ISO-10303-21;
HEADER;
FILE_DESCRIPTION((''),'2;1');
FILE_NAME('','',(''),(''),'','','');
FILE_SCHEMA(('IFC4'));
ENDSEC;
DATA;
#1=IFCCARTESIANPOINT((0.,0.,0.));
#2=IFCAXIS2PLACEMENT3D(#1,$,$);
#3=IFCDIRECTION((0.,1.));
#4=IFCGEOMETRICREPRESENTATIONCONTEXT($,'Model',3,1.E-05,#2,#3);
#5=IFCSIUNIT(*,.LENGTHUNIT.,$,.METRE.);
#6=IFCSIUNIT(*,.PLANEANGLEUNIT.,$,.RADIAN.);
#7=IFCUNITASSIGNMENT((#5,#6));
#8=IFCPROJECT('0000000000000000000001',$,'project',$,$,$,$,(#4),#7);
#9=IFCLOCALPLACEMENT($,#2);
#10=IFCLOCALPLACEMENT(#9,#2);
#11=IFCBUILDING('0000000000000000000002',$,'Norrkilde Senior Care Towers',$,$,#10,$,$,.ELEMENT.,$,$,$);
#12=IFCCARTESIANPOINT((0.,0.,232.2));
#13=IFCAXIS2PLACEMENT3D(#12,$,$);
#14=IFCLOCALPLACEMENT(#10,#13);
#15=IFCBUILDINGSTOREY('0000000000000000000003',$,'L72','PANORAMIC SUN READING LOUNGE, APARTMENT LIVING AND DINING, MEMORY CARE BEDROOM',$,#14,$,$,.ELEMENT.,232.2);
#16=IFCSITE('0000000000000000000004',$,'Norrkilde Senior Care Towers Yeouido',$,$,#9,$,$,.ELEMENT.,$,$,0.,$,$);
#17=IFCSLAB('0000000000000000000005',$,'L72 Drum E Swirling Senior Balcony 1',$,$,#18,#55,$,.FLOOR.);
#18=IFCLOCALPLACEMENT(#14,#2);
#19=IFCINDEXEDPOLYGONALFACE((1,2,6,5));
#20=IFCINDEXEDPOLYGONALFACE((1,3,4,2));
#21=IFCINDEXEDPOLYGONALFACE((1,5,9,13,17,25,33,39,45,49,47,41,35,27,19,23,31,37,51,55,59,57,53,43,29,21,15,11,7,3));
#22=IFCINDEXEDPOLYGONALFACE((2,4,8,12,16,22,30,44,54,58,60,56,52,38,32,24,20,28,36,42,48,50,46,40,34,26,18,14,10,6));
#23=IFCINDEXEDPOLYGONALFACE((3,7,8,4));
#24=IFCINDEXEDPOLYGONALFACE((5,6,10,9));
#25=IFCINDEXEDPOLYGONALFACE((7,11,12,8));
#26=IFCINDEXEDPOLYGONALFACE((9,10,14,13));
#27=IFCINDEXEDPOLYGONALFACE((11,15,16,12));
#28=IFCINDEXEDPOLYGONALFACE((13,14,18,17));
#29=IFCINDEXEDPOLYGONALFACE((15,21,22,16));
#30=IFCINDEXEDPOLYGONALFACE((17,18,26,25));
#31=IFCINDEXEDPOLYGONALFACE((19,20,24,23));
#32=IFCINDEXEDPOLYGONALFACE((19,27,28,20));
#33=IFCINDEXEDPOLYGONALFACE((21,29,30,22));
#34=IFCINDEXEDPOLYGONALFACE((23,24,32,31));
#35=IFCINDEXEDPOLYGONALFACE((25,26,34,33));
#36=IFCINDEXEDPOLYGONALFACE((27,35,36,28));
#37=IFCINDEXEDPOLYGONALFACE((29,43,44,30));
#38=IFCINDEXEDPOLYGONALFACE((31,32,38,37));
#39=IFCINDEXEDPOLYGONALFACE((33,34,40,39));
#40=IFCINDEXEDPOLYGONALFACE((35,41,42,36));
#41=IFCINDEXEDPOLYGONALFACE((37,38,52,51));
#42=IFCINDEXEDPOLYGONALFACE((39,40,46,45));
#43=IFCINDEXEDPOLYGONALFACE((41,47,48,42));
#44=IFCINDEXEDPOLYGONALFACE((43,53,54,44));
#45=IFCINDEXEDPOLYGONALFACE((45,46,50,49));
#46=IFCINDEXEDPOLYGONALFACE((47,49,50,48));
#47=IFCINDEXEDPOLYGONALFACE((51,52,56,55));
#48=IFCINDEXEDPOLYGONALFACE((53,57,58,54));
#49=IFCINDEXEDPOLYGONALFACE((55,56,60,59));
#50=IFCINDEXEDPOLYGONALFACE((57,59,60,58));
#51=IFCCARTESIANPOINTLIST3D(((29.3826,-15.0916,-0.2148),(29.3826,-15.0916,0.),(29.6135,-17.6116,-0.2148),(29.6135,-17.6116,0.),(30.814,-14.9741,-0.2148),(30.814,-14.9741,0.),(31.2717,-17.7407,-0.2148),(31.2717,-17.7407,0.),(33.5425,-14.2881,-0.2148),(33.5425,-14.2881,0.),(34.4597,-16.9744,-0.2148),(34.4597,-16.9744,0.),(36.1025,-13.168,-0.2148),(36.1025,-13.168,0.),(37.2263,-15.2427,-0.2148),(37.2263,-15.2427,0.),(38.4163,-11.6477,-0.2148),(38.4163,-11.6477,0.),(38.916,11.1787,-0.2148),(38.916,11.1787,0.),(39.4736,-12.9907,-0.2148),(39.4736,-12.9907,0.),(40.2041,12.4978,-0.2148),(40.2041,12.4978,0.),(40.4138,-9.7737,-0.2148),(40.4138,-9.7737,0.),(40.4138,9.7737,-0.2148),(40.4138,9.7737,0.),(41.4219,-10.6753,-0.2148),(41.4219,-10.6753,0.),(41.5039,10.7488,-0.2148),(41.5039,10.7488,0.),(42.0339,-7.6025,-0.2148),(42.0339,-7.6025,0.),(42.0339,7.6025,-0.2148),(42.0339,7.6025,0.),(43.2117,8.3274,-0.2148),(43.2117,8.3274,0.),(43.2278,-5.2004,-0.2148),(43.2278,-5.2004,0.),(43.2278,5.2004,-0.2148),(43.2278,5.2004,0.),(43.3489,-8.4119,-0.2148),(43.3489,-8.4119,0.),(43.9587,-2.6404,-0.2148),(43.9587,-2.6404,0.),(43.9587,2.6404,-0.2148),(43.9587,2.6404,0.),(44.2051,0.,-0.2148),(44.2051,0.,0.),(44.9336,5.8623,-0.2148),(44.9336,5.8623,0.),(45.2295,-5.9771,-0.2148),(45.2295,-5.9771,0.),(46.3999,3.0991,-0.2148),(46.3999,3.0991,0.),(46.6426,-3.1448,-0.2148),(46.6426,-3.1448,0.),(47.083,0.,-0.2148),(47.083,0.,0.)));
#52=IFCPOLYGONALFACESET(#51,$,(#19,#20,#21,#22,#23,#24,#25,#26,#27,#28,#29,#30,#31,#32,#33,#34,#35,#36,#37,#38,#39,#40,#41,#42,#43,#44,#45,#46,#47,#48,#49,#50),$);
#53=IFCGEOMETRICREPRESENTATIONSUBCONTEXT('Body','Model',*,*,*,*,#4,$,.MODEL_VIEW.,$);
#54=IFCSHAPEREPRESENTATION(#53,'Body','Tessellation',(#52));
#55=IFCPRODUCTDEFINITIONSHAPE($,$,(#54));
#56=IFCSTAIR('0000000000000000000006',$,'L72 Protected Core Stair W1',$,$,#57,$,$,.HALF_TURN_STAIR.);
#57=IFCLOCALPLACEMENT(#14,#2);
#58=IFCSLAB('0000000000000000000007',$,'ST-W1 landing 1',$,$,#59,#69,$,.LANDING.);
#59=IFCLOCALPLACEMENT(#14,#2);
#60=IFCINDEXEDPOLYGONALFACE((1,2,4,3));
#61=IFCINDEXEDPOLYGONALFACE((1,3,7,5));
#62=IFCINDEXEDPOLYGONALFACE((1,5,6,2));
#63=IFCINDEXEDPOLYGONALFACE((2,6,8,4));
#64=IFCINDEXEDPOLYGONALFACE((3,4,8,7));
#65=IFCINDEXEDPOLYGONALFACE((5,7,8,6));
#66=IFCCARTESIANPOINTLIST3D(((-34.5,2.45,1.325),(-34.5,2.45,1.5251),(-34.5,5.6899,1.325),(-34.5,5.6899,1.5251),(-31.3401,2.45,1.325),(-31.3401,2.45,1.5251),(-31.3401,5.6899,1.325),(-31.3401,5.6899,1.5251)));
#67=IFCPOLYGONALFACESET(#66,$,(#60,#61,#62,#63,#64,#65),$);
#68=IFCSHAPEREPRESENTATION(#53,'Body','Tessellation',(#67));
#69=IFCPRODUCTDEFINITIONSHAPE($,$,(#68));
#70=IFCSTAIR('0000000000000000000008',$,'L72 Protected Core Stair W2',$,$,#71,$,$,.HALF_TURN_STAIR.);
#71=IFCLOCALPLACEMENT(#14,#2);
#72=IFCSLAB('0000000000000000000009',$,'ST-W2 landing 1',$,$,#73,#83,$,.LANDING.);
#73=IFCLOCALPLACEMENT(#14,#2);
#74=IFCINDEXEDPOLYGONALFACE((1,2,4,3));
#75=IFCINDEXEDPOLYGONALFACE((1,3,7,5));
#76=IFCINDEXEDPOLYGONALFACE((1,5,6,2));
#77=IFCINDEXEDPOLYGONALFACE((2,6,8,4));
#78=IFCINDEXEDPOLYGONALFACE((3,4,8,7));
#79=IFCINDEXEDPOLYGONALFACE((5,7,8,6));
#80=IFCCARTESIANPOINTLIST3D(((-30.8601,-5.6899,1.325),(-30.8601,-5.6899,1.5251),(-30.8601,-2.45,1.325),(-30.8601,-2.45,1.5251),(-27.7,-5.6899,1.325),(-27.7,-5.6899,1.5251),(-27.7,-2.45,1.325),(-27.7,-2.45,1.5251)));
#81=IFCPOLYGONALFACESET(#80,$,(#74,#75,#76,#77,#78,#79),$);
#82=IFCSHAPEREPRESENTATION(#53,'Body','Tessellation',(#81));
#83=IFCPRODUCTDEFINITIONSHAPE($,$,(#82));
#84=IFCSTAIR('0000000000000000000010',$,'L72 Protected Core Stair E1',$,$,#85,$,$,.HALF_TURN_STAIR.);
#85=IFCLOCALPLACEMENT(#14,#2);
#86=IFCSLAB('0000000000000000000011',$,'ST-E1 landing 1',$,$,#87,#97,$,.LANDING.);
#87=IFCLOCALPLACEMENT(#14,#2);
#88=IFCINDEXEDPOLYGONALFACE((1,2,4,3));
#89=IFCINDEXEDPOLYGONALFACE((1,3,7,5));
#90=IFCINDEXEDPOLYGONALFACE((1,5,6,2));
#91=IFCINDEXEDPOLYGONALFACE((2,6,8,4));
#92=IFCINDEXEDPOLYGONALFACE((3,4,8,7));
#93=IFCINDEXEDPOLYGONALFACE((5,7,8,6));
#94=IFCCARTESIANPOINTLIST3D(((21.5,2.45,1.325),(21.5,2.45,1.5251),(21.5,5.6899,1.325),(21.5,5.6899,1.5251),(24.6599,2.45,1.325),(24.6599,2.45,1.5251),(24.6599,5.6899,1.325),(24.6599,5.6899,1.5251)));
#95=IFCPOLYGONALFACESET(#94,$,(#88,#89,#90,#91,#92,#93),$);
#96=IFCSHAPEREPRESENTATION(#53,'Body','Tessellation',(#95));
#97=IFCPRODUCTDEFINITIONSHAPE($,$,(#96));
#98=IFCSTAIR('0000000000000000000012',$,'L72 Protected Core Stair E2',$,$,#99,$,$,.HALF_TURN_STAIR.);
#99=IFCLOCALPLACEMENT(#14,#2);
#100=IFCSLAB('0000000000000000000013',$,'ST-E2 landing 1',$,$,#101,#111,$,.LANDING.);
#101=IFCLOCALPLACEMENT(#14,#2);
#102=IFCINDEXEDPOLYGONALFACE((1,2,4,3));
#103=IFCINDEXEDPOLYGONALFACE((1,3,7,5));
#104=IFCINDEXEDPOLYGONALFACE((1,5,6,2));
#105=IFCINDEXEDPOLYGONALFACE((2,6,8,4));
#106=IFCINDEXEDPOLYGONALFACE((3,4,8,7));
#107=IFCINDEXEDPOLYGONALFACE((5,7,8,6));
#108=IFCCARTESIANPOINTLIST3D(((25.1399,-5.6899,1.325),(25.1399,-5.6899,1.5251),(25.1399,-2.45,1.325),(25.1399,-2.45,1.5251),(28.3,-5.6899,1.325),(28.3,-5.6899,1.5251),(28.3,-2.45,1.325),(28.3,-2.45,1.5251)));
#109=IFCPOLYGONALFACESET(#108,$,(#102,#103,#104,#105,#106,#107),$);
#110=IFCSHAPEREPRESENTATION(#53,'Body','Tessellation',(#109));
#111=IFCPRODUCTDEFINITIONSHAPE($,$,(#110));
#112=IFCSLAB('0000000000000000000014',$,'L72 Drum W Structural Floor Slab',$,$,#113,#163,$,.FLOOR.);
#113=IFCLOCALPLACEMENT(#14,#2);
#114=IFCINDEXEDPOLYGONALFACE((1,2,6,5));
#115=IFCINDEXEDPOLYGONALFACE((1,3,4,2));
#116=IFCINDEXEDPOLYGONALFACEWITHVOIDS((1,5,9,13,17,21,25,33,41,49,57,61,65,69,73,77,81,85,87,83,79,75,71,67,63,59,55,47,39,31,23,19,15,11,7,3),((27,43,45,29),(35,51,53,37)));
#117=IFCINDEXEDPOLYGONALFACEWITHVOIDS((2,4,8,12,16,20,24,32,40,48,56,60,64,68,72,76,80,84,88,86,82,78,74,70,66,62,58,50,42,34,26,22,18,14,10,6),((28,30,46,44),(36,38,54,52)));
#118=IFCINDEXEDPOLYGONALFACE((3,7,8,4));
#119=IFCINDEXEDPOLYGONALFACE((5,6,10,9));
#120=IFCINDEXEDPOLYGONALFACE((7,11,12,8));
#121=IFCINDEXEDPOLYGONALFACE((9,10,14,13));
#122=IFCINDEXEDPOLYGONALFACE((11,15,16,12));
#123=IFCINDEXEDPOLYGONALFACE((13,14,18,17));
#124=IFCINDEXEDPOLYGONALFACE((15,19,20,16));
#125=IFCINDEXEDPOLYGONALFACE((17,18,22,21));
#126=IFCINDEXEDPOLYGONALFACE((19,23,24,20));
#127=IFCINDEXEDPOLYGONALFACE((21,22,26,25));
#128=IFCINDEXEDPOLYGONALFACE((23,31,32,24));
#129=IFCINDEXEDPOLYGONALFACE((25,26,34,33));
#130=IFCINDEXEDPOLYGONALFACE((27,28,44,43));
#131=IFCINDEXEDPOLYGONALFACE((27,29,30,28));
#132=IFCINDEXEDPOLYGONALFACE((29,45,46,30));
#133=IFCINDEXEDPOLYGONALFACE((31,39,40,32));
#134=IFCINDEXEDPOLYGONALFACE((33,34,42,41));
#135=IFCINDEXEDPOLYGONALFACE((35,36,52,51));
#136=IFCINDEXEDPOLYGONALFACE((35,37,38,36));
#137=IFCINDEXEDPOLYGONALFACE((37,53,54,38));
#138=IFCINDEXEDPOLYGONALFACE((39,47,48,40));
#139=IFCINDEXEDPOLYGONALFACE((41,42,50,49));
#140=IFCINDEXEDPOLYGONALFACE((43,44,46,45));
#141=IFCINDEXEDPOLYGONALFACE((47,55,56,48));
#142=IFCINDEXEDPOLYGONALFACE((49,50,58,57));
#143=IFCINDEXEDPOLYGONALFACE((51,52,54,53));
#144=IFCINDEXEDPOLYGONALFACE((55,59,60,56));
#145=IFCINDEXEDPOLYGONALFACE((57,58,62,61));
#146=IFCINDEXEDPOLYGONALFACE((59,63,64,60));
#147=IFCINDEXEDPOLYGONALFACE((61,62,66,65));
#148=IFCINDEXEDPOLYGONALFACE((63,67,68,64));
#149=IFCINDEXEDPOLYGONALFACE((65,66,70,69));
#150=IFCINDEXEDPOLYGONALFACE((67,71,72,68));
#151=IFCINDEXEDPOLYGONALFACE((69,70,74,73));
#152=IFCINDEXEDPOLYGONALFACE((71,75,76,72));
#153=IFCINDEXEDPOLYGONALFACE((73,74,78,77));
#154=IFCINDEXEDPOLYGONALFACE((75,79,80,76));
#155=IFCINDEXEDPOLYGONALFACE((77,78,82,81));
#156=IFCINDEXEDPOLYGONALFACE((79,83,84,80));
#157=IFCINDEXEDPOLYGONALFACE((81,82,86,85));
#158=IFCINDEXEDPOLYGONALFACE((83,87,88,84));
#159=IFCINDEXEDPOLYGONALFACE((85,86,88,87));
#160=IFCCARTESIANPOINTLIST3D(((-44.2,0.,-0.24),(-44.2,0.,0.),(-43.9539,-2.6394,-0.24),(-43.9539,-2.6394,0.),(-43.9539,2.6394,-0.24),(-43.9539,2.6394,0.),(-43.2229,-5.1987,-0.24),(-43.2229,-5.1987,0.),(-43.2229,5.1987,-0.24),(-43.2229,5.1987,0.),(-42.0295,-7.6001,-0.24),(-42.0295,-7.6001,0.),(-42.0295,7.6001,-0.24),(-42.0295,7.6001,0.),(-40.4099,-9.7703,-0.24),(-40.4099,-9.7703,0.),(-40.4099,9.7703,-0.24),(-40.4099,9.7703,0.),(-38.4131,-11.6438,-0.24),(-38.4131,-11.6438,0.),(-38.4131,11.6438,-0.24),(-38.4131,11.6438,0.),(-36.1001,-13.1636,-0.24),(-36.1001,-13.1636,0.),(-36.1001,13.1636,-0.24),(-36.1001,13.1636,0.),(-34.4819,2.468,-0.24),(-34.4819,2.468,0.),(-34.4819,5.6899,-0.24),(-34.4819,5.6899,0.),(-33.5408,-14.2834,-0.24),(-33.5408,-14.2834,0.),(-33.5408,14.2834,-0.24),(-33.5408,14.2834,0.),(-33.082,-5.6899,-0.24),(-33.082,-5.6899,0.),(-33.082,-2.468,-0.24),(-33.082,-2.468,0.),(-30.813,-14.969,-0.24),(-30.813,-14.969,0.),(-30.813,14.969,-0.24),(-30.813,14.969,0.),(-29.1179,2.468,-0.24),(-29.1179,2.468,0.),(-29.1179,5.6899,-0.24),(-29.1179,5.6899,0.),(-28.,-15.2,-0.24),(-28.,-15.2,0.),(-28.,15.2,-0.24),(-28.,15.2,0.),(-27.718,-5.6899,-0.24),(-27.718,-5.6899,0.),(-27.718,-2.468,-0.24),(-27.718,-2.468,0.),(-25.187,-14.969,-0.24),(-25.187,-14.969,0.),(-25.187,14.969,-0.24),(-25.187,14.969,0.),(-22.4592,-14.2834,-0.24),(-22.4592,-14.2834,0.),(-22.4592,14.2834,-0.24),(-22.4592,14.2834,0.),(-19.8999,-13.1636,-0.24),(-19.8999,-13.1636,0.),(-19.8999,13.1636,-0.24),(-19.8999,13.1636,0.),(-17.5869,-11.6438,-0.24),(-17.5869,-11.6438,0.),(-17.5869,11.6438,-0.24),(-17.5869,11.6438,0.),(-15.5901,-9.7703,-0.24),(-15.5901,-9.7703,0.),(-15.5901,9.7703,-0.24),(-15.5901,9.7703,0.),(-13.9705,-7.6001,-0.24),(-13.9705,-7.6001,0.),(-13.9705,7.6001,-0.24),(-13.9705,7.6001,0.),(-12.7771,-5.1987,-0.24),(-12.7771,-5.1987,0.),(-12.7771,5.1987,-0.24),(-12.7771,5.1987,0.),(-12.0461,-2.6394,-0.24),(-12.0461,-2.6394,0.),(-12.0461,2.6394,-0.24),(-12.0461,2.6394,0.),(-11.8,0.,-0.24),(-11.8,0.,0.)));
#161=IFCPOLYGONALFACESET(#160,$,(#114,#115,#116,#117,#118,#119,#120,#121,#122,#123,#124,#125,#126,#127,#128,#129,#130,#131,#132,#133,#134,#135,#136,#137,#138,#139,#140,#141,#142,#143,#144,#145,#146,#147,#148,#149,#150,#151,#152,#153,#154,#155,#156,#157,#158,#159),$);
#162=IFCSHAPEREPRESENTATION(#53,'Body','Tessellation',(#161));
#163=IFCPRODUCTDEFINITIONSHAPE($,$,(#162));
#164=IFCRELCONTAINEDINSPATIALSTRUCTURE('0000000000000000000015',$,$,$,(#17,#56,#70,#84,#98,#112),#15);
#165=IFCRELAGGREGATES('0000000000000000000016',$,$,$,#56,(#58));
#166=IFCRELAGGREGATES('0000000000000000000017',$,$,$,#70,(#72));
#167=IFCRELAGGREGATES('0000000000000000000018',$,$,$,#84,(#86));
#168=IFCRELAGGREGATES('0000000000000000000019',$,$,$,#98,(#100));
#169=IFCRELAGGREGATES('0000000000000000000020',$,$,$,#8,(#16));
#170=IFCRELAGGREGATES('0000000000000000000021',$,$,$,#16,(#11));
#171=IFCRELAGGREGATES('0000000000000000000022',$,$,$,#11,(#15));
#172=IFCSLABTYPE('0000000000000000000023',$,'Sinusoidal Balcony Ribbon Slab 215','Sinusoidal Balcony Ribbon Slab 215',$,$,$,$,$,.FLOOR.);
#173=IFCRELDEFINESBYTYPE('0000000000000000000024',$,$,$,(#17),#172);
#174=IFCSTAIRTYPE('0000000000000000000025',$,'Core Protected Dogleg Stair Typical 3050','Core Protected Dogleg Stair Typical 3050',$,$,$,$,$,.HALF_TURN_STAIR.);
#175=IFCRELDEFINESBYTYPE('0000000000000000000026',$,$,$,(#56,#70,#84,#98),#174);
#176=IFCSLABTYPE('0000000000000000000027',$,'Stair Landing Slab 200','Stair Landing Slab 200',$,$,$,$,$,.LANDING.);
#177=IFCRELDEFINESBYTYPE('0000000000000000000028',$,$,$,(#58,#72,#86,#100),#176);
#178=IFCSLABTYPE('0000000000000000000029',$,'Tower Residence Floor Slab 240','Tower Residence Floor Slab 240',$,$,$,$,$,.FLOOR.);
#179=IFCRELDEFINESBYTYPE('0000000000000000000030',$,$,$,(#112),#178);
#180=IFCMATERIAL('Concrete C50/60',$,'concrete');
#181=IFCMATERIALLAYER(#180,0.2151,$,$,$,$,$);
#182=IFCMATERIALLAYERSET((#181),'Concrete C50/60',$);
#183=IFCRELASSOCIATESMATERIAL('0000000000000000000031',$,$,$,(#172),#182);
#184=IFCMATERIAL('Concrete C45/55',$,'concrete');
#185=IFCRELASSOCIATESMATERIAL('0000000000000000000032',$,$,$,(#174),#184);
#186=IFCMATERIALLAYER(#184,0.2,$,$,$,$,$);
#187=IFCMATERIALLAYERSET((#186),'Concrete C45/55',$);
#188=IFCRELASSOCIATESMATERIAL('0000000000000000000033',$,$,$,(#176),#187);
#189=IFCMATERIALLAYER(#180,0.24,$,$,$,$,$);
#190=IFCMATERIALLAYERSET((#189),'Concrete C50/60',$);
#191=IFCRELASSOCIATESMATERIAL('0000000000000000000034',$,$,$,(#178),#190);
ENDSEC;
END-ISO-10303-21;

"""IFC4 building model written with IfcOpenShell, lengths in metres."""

from ifc_helpers import new_model, si_unit, direction, frame, origin, place, context, subcontext, project, spatial, polyline, outline, extrude, material, layer, layer_set, type_object, element, aggregate, save


model = new_model("IFC4")

# Units and contexts
model_context = context("Model", 3, precision=1e-05, world=origin(), true_north=direction((0.0, 1.0)))
body_context = subcontext(model_context, "Body", "Model", "MODEL_VIEW")
ifc_project = project(units=[si_unit("LENGTHUNIT", "METRE"), si_unit("PLANEANGLEUNIT", "RADIAN")], contexts=[model_context])

# Site, building, storey
site_placement = place(None, origin())
site = spatial("IfcSite", under=ifc_project, at=site_placement, Name="Norrkilde Senior Care Towers Yeouido", CompositionType="ELEMENT", RefElevation=0.0)
building_placement = place(site_placement, origin())
building = spatial("IfcBuilding", under=site, at=building_placement, Name="Norrkilde Senior Care Towers", CompositionType="ELEMENT")
storey_placement = place(building_placement, frame((0.0, 0.0, 232.2)))
storey = spatial("IfcBuildingStorey", under=building, at=storey_placement, Name="L72", Description="PANORAMIC SUN READING LOUNGE, APARTMENT LIVING AND DINING, MEMORY CARE BEDROOM", CompositionType="ELEMENT", Elevation=232.2)

# Shared definitions
ifc_material_1 = material(Name="Concrete C50/60", Category="concrete")

# Slab
ifc_material_2 = material(Name="Concrete C45/55", Category="concrete")
ifc_layer_1 = layer(ifc_material_1, 0.2151)
ifc_layer_set_1 = layer_set([ifc_layer_1], Name="Concrete C50/60")
slab_type_1 = type_object("IfcSlabType", Name="Sinusoidal Balcony Ribbon Slab 215", Description="Sinusoidal Balcony Ribbon Slab 215", PredefinedType="FLOOR", material=ifc_layer_set_1)
slab_1_placement = place(storey_placement, frame((0.0, 0.0, -0.2148)))
element("IfcSlab", 1, at=slab_1_placement, inside=storey, type_object=slab_type_1, Name="L72 Drum E Swirling Senior Balcony 1", PredefinedType="FLOOR", context=body_context, shape_type="SweptSolid", body=[
    extrude(outline(polyline([(41.4219, -10.6753), (39.4736, -12.9907), (37.2263, -15.2427), (34.4597, -16.9744), (31.2717, -17.7407), (29.6135, -17.6116), (29.3826, -15.0916), (30.814, -14.9741), (33.5425, -14.2881), (36.1025, -13.168), (38.4163, -11.6477), (40.4138, -9.7737), (42.0339, -7.6025), (43.2278, -5.2004), (43.9587, -2.6404), (44.2051, 0.0), (43.9587, 2.6404), (43.2278, 5.2004), (42.0339, 7.6025), (40.4138, 9.7737), (38.916, 11.1787), (40.2041, 12.4978), (41.5039, 10.7488), (43.2117, 8.3274), (44.9336, 5.8623), (46.3999, 3.0991), (47.083, 0.0), (46.6426, -3.1448), (45.2295, -5.9771), (43.3489, -8.4119), (41.4219, -10.6753)])), origin(), (0.0, 0.0, 1.0), 0.2148),
])

# Stairs, slabs
stair_type = type_object("IfcStairType", Name="Core Protected Dogleg Stair Typical 3050", Description="Core Protected Dogleg Stair Typical 3050", PredefinedType="HALF_TURN_STAIR", material=ifc_material_2)
stair_1_placement = place(storey_placement, origin())
stair_1 = element("IfcStair", 2, at=stair_1_placement, inside=storey, type_object=stair_type, Name="L72 Protected Core Stair W1", PredefinedType="HALF_TURN_STAIR")
ifc_layer_2 = layer(ifc_material_2, 0.2)
ifc_layer_set_2 = layer_set([ifc_layer_2], Name="Concrete C45/55")
slab_type_2 = type_object("IfcSlabType", Name="Stair Landing Slab 200", Description="Stair Landing Slab 200", PredefinedType="LANDING", material=ifc_layer_set_2)
slab_2_placement = place(storey_placement, frame((0.0, 0.0, 1.325)))
slab_2 = element("IfcSlab", 3, at=slab_2_placement, type_object=slab_type_2, Name="ST-W1 landing 1", PredefinedType="LANDING", context=body_context, shape_type="SweptSolid", body=[
    extrude(outline(polyline([(-31.3401, 5.6899), (-34.5, 5.6899), (-34.5, 2.45), (-31.3401, 2.45), (-31.3401, 5.6899)])), origin(), (0.0, 0.0, 1.0), 0.2002),
])
aggregate(stair_1, [slab_2])
stair_2_placement = place(storey_placement, origin())
stair_2 = element("IfcStair", 4, at=stair_2_placement, inside=storey, type_object=stair_type, Name="L72 Protected Core Stair W2", PredefinedType="HALF_TURN_STAIR")
slab_3_placement = place(storey_placement, frame((0.0, 0.0, 1.325)))
slab_3 = element("IfcSlab", 5, at=slab_3_placement, type_object=slab_type_2, Name="ST-W2 landing 1", PredefinedType="LANDING", context=body_context, shape_type="SweptSolid", body=[
    extrude(outline(polyline([(-30.8601, -5.6899), (-27.7, -5.6899), (-27.7, -2.45), (-30.8601, -2.45), (-30.8601, -5.6899)])), origin(), (0.0, 0.0, 1.0), 0.2002),
])
aggregate(stair_2, [slab_3])
stair_3_placement = place(storey_placement, origin())
stair_3 = element("IfcStair", 6, at=stair_3_placement, inside=storey, type_object=stair_type, Name="L72 Protected Core Stair E1", PredefinedType="HALF_TURN_STAIR")
slab_4_placement = place(storey_placement, frame((0.0, 0.0, 1.325)))
slab_4 = element("IfcSlab", 7, at=slab_4_placement, type_object=slab_type_2, Name="ST-E1 landing 1", PredefinedType="LANDING", context=body_context, shape_type="SweptSolid", body=[
    extrude(outline(polyline([(24.6599, 5.6899), (21.5, 5.6899), (21.5, 2.45), (24.6599, 2.45), (24.6599, 5.6899)])), origin(), (0.0, 0.0, 1.0), 0.2002),
])
aggregate(stair_3, [slab_4])
stair_4_placement = place(storey_placement, origin())
stair_4 = element("IfcStair", 8, at=stair_4_placement, inside=storey, type_object=stair_type, Name="L72 Protected Core Stair E2", PredefinedType="HALF_TURN_STAIR")
slab_5_placement = place(storey_placement, frame((0.0, 0.0, 1.325)))
slab_5 = element("IfcSlab", 9, at=slab_5_placement, type_object=slab_type_2, Name="ST-E2 landing 1", PredefinedType="LANDING", context=body_context, shape_type="SweptSolid", body=[
    extrude(outline(polyline([(25.1399, -5.6899), (28.3, -5.6899), (28.3, -2.45), (25.1399, -2.45), (25.1399, -5.6899)])), origin(), (0.0, 0.0, 1.0), 0.2002),
])
aggregate(stair_4, [slab_5])

# Slab
ifc_layer_3 = layer(ifc_material_1, 0.24)
ifc_layer_set_3 = layer_set([ifc_layer_3], Name="Concrete C50/60")
slab_type_3 = type_object("IfcSlabType", Name="Tower Residence Floor Slab 240", Description="Tower Residence Floor Slab 240", PredefinedType="FLOOR", material=ifc_layer_set_3)
slab_6_placement = place(storey_placement, frame((0.0, 0.0, -0.24)))
element("IfcSlab", 10, at=slab_6_placement, inside=storey, type_object=slab_type_3, Name="L72 Drum W Structural Floor Slab", PredefinedType="FLOOR", context=body_context, shape_type="SweptSolid", body=[
    extrude(outline(polyline([(-12.7771, -5.1987), (-13.9705, -7.6001), (-15.5901, -9.7703), (-17.5869, -11.6438), (-19.8999, -13.1636), (-22.4592, -14.2834), (-25.187, -14.969), (-28.0, -15.2), (-30.813, -14.969), (-33.5408, -14.2834), (-36.1001, -13.1636), (-38.4131, -11.6438), (-40.4099, -9.7703), (-42.0295, -7.6001), (-43.2229, -5.1987), (-43.9539, -2.6394), (-44.2, 0.0), (-43.9539, 2.6394), (-43.2229, 5.1987), (-42.0295, 7.6001), (-40.4099, 9.7703), (-38.4131, 11.6438), (-36.1001, 13.1636), (-33.5408, 14.2834), (-30.813, 14.969), (-28.0, 15.2), (-25.187, 14.969), (-22.4592, 14.2834), (-19.8999, 13.1636), (-17.5869, 11.6438), (-15.5901, 9.7703), (-13.9705, 7.6001), (-12.7771, 5.1987), (-12.0461, 2.6394), (-11.8, 0.0), (-12.0461, -2.6394), (-12.7771, -5.1987)]), holes=[polyline([(-34.4819, 2.468), (-29.1179, 2.468), (-29.1179, 5.6899), (-34.4819, 5.6899), (-34.4819, 2.468)]), polyline([(-27.718, -5.6899), (-27.718, -2.468), (-33.082, -2.468), (-33.082, -5.6899), (-27.718, -5.6899)])]), origin(), (0.0, 0.0, 1.0), 0.24),
])

save(model, "model.ifc")
